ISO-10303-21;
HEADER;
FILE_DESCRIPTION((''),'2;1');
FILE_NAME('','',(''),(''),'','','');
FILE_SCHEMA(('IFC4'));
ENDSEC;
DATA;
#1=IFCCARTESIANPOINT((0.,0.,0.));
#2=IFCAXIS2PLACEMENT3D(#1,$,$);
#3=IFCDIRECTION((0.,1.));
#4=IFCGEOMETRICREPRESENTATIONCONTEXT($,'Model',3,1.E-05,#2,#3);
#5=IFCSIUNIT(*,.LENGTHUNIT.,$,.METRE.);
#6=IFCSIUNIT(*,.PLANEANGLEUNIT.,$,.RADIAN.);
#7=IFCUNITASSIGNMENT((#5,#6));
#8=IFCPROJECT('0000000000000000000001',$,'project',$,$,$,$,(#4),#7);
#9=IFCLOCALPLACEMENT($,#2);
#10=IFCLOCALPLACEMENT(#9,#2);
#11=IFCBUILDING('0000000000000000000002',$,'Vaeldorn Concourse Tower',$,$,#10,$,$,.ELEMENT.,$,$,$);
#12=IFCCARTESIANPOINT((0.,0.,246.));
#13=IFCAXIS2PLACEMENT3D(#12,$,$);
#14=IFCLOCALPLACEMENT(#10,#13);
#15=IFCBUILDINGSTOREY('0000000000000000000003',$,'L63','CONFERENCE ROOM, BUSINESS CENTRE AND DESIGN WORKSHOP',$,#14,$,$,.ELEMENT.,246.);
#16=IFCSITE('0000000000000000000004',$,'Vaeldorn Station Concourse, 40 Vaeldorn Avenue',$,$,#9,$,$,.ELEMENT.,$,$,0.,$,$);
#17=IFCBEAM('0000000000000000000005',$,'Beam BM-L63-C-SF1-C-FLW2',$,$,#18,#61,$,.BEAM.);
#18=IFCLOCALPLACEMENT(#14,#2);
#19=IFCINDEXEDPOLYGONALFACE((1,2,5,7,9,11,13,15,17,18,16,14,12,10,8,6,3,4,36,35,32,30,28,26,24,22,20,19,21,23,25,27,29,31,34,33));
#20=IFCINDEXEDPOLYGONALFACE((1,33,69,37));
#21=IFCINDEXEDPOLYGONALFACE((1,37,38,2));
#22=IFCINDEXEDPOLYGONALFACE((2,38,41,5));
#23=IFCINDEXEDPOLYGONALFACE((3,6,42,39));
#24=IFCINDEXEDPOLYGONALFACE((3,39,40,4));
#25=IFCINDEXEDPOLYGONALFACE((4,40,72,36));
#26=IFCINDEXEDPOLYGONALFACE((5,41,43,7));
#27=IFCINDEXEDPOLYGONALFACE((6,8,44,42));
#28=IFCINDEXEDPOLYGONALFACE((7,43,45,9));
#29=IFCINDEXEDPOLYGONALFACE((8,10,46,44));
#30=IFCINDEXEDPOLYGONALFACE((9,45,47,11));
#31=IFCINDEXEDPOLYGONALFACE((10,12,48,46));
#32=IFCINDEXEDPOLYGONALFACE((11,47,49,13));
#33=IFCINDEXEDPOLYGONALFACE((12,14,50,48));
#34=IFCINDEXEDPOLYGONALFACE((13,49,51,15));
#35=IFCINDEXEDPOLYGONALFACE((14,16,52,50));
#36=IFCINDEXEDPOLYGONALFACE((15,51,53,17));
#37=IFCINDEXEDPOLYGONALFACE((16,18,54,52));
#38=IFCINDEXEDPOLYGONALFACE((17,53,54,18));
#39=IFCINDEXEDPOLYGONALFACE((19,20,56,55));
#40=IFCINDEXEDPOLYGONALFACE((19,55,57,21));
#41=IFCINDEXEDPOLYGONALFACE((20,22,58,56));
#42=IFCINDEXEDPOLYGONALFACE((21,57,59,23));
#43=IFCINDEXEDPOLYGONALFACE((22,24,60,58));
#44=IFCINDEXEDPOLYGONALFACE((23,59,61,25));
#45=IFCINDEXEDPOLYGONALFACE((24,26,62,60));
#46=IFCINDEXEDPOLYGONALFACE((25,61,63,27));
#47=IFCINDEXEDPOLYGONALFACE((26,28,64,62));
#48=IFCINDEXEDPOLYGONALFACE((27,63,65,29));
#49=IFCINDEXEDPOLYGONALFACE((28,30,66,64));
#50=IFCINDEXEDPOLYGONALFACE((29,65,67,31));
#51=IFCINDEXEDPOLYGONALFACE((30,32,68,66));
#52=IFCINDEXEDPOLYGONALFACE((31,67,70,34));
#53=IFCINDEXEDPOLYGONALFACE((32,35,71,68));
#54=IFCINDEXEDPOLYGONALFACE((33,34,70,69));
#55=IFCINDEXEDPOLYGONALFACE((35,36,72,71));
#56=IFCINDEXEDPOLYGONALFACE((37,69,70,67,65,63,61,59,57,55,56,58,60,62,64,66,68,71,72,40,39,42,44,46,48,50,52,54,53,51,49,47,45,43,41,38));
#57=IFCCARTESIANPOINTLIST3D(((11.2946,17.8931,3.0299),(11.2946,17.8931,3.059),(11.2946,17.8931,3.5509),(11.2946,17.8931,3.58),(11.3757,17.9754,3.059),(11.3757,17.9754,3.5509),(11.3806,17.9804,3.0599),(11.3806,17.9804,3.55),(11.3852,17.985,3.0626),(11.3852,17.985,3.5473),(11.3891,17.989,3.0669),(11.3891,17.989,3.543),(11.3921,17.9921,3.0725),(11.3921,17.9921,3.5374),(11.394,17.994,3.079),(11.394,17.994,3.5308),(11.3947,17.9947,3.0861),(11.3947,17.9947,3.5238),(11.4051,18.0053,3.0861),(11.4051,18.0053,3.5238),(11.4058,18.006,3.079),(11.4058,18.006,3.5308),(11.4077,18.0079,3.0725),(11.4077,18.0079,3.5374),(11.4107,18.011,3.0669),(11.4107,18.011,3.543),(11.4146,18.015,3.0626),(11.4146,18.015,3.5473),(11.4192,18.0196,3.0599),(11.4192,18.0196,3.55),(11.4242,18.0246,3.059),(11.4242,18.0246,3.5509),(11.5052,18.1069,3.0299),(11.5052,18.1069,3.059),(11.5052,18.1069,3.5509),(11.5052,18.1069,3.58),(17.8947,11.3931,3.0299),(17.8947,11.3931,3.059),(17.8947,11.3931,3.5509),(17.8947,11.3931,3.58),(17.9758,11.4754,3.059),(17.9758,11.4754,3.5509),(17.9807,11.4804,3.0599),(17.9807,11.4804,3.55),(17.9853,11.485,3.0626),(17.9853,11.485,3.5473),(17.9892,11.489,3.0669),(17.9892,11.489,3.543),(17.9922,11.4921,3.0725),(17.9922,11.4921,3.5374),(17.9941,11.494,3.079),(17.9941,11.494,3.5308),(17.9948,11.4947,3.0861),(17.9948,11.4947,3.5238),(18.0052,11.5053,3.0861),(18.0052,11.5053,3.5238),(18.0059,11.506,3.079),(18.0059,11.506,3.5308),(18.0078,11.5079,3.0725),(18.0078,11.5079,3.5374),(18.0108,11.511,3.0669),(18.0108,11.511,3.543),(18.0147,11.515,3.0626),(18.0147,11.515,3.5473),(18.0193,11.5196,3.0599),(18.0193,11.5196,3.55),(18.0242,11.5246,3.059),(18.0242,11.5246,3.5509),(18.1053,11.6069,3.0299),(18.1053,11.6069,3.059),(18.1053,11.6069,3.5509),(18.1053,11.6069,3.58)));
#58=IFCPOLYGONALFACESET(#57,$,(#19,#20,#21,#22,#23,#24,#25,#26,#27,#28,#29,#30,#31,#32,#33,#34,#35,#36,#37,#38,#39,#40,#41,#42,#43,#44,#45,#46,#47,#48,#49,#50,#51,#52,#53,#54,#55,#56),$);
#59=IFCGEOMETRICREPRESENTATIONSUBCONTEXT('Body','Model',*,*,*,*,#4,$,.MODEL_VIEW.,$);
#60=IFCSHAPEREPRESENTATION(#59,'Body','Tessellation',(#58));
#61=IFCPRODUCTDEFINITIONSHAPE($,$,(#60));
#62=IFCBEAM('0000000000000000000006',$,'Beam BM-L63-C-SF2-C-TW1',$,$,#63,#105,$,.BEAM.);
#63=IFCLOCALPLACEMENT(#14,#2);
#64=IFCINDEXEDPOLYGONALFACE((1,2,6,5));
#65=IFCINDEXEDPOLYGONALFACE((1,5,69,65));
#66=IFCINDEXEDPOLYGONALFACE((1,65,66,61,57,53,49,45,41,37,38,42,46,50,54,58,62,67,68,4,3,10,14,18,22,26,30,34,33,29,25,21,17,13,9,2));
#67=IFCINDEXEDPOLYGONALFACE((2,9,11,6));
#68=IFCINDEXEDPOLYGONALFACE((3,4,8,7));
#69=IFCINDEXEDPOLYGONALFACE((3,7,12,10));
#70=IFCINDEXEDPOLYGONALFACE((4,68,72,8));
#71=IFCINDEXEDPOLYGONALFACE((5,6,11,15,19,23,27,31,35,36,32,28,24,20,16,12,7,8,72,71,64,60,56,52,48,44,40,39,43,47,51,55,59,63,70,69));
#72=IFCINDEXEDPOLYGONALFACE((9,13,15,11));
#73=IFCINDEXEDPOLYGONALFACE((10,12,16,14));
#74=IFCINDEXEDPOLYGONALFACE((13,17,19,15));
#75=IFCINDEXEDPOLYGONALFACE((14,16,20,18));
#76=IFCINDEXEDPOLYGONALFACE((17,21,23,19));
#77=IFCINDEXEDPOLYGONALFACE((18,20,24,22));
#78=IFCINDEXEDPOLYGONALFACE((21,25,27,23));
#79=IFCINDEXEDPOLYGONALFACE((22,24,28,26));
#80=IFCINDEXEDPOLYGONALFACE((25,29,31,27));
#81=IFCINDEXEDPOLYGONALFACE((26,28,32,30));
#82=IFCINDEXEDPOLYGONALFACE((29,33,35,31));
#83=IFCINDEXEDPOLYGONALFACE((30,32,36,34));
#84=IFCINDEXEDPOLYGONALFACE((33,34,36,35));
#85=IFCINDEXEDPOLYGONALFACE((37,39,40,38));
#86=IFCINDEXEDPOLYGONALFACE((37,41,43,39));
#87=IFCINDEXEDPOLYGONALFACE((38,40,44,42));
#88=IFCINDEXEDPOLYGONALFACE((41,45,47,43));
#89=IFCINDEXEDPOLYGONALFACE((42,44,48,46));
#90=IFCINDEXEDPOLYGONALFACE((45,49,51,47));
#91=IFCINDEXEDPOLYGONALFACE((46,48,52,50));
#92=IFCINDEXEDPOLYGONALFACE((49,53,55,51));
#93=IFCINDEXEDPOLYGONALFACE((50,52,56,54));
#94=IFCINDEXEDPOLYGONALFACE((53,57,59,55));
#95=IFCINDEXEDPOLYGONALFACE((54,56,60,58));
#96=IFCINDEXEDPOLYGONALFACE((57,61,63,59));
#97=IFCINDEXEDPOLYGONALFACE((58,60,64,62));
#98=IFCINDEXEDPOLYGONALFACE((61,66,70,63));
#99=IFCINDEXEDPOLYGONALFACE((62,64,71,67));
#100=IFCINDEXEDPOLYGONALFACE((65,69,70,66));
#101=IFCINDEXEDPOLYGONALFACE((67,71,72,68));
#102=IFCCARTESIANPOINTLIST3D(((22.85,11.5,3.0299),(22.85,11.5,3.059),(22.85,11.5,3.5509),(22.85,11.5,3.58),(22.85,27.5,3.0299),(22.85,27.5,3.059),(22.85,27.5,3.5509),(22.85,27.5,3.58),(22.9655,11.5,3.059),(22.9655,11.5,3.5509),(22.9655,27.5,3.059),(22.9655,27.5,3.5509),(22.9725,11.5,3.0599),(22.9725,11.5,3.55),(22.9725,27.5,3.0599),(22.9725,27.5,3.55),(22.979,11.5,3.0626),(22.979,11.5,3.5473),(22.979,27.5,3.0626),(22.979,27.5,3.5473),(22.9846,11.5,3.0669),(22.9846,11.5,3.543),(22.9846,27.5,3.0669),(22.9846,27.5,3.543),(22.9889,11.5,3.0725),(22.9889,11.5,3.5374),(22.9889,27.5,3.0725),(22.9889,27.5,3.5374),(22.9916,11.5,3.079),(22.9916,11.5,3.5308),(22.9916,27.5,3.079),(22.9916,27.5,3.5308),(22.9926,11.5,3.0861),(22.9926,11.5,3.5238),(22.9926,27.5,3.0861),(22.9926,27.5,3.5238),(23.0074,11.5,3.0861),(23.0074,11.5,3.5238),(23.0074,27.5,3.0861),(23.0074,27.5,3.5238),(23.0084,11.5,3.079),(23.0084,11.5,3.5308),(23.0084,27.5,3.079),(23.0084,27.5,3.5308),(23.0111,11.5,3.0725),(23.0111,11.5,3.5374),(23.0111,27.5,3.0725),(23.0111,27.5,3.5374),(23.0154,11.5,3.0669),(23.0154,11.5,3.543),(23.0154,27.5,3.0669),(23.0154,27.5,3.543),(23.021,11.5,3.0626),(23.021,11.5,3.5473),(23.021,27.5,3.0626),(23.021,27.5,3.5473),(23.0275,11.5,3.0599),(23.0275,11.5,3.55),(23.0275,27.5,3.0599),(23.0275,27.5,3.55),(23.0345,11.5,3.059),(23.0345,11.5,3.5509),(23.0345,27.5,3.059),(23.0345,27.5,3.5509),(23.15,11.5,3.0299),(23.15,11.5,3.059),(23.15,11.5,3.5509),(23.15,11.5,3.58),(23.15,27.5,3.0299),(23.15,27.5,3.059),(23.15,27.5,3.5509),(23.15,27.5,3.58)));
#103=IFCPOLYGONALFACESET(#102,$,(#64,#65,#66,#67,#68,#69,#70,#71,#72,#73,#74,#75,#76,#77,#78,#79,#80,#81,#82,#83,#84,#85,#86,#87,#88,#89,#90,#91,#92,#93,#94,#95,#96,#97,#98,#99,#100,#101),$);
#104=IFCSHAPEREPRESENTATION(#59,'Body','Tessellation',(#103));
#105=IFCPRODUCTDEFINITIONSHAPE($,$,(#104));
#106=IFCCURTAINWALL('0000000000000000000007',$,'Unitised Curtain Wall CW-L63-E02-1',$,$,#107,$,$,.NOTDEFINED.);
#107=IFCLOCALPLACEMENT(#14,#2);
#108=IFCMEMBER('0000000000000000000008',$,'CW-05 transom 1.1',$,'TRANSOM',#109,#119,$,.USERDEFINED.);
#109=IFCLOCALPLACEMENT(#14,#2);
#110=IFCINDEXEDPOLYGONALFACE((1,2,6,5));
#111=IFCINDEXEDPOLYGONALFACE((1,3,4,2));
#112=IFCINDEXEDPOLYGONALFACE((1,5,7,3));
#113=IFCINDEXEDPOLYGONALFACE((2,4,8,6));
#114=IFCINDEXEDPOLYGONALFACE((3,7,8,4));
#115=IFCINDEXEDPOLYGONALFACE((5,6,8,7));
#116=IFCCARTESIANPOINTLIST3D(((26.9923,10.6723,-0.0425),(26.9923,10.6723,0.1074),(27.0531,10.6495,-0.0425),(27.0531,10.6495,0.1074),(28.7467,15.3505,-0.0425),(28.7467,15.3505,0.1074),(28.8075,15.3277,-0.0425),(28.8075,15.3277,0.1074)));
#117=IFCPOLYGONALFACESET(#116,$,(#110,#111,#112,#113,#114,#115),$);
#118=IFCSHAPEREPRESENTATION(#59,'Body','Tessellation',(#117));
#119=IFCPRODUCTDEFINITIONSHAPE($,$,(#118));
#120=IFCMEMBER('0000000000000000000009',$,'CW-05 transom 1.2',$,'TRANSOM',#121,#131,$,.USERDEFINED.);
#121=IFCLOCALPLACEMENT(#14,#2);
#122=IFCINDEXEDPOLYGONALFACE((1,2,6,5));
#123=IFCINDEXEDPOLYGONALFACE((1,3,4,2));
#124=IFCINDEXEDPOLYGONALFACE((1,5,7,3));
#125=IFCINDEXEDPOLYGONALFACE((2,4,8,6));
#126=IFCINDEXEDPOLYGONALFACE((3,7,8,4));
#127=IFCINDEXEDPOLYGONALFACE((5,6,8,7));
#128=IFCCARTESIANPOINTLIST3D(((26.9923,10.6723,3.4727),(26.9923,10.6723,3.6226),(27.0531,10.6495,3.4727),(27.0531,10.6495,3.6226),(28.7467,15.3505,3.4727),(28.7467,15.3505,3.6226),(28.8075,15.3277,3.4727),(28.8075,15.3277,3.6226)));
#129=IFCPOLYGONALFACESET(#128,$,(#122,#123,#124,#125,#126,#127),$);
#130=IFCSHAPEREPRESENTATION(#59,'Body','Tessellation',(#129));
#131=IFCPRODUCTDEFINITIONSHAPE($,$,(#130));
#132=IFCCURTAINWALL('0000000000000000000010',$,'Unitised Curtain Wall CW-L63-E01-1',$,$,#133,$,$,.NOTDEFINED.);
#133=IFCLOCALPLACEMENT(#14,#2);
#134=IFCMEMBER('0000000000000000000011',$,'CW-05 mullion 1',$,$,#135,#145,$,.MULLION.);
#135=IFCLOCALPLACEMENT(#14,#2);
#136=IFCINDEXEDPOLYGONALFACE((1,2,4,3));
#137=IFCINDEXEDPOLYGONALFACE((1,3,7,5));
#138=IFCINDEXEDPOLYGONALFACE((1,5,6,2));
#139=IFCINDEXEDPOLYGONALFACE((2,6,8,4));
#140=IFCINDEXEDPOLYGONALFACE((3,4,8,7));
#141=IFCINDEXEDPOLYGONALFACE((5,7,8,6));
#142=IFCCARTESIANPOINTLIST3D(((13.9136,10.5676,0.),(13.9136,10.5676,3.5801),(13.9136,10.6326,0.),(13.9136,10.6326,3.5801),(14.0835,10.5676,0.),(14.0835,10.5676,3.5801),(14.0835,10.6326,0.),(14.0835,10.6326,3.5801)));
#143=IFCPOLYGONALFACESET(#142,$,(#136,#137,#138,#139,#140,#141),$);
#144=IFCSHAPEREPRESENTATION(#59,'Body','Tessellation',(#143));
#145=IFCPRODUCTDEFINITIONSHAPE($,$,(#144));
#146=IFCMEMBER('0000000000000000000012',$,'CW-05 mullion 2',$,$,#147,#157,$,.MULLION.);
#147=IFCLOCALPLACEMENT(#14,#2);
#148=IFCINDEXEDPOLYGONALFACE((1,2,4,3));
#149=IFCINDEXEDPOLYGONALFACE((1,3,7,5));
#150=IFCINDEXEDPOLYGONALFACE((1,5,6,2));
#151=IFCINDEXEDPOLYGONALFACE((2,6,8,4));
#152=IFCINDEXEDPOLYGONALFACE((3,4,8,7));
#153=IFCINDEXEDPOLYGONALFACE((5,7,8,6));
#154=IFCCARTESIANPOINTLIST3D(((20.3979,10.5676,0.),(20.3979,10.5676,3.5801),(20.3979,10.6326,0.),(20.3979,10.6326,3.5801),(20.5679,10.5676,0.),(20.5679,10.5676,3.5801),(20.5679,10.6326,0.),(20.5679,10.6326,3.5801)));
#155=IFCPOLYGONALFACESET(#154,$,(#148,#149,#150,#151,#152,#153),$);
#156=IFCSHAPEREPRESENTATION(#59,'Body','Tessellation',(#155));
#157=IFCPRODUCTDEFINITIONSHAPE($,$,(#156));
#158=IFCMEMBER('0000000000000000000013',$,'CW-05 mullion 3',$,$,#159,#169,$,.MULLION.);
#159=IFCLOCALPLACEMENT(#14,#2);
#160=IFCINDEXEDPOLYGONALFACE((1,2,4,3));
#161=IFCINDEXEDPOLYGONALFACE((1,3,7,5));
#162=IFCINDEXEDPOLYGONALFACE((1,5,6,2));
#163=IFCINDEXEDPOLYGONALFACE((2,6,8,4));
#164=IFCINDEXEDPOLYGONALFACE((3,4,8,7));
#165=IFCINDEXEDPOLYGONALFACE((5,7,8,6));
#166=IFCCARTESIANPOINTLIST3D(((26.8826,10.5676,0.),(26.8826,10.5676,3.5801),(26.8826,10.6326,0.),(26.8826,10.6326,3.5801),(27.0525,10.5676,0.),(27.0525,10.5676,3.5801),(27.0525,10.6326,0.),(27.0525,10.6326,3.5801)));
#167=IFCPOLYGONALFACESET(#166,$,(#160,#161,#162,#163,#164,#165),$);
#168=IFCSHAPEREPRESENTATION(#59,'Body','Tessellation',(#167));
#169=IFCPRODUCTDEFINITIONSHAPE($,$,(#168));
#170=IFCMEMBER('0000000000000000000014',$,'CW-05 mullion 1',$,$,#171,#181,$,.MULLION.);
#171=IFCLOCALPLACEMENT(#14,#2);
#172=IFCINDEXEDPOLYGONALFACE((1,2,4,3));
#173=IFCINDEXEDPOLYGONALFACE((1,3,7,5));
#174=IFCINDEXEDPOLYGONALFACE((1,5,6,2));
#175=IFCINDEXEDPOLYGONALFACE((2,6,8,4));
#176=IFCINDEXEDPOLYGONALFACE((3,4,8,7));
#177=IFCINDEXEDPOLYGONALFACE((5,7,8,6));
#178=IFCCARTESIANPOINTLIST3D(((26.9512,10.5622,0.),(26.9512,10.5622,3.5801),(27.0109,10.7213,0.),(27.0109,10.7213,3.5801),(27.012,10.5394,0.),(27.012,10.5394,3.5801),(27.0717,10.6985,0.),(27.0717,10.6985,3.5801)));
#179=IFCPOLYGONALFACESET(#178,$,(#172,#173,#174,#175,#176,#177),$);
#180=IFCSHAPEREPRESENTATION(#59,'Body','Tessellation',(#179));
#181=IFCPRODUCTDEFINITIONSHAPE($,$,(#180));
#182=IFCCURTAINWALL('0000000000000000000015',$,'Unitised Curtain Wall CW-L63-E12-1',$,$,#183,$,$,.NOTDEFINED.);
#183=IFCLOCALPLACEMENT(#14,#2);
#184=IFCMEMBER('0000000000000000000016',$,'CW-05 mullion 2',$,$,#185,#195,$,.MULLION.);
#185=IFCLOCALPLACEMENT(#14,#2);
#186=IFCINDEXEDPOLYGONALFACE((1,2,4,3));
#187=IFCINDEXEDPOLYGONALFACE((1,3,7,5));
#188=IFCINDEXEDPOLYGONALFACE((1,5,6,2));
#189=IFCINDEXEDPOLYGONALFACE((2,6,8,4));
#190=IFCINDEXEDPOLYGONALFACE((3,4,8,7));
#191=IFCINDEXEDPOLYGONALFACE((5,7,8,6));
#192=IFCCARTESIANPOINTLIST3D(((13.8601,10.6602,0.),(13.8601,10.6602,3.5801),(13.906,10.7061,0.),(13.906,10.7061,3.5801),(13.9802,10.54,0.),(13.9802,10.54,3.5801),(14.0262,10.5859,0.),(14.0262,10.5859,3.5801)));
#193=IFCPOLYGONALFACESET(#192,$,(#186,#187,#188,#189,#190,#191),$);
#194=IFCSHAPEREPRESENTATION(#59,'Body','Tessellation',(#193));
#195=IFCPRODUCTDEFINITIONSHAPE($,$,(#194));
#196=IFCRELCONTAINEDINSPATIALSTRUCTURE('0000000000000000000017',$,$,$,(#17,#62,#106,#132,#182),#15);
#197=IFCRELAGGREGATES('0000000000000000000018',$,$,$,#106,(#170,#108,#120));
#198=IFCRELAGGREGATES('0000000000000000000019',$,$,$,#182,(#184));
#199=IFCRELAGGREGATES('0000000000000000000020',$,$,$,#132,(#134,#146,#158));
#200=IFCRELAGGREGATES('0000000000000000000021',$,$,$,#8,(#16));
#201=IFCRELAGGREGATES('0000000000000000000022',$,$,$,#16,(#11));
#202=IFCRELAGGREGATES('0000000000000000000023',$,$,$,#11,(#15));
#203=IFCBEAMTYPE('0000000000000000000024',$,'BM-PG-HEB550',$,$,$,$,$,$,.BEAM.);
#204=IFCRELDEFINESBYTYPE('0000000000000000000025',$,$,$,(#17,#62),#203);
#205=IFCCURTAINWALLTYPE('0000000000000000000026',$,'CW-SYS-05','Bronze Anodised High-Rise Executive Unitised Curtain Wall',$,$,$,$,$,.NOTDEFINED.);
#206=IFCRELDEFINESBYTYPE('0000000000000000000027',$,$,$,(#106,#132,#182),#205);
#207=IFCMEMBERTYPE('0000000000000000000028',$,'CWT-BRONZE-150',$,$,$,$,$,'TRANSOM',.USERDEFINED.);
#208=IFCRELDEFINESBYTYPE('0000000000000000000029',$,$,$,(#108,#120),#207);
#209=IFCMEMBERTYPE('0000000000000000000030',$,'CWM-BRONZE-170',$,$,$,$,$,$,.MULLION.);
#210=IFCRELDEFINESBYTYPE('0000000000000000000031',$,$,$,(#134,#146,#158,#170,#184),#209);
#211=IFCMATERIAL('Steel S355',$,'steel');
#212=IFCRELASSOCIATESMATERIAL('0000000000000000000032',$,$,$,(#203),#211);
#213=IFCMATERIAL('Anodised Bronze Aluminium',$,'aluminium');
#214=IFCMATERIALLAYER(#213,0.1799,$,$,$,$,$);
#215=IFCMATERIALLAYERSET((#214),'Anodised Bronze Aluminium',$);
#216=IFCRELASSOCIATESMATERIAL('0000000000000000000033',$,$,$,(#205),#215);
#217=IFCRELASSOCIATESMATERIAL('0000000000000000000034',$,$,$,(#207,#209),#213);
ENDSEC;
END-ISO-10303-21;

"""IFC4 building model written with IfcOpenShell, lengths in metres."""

from ifc_helpers import new_model, si_unit, direction, frame, origin, origin_2d, place, context, subcontext, project, spatial, rectangle, i_section, extrude, source, transform, mapped, material, layer, layer_set, material_profile, profile_set, type_object, element, aggregate, save


model = new_model("IFC4")

# Units and contexts
model_context = context("Model", 3, precision=1e-05, world=origin(), true_north=direction((0.0, 1.0)))
body_context = subcontext(model_context, "Body", "Model", "MODEL_VIEW")
ifc_project = project(units=[si_unit("LENGTHUNIT", "METRE"), si_unit("PLANEANGLEUNIT", "RADIAN")], contexts=[model_context])

# Site, building, storey
site_placement = place(None, origin())
site = spatial("IfcSite", under=ifc_project, at=site_placement, Name="Vaeldorn Station Concourse, 40 Vaeldorn Avenue", CompositionType="ELEMENT", RefElevation=0.0)
building_placement = place(site_placement, origin())
building = spatial("IfcBuilding", under=site, at=building_placement, Name="Vaeldorn Concourse Tower", CompositionType="ELEMENT")
storey_placement = place(building_placement, frame((0.0, 0.0, 246.0)))
storey = spatial("IfcBuildingStorey", under=building, at=storey_placement, Name="L63", Description="CONFERENCE ROOM, BUSINESS CENTRE AND DESIGN WORKSHOP", CompositionType="ELEMENT", Elevation=246.0)

# Shared definitions
ifc_material_1 = material(Name="Steel S355", Category="steel")

# Beams
ifc_material_profile_1 = material_profile(ifc_material_1, i_section(OverallWidth=0.3, OverallDepth=0.55, WebThickness=0.0149, FlangeThickness=0.0291, FilletRadius=0.0271, at=origin_2d()), Name="HEB 550")
ifc_profile_set_1 = profile_set([ifc_material_profile_1], Name="Steel S355")
beam_type_1 = type_object("IfcBeamType", Name="BM-PG-HEB550", PredefinedType="BEAM", material=ifc_profile_set_1)
shared_shape_1 = source(origin(), body_context, "Body", "SweptSolid", [
    extrude(i_section(OverallWidth=0.3, OverallDepth=0.55, WebThickness=0.0149, FlangeThickness=0.0291, FilletRadius=0.0271, at=origin_2d()), origin(), (0.0, 0.0, 1.0), 9.2634),
])
beam_1_placement = place(storey_placement, frame((18.0, 11.5, 3.3049), z_axis=(-0.712489, 0.701683, 0.0), x_axis=(-0.701683, -0.712489, 0.0)))
element("IfcBeam", 1, at=beam_1_placement, inside=storey, type_object=beam_type_1, Name="Beam BM-L63-C-SF1-C-FLW2", PredefinedType="BEAM", context=body_context, shape_type="MappedRepresentation", body=[
    mapped(shared_shape_1, transform((0.0, 0.0, 0.0), scale=1.0)),
])
shared_shape_2 = source(origin(), body_context, "Body", "SweptSolid", [
    extrude(i_section(OverallWidth=0.3, OverallDepth=0.55, WebThickness=0.0149, FlangeThickness=0.0291, FilletRadius=0.0271, at=origin_2d()), origin(), (0.0, 0.0, 1.0), 16.0),
])
beam_2_placement = place(storey_placement, frame((23.0, 11.5, 3.3049), z_axis=(0.0, 1.0, 0.0), x_axis=(-1.0, 0.0, 0.0)))
element("IfcBeam", 2, at=beam_2_placement, inside=storey, type_object=beam_type_1, Name="Beam BM-L63-C-SF2-C-TW1", PredefinedType="BEAM", context=body_context, shape_type="MappedRepresentation", body=[
    mapped(shared_shape_2, transform((0.0, 0.0, 0.0), scale=1.0)),
])

# Curtain walls, members
ifc_material_2 = material(Name="Anodised Bronze Aluminium", Category="aluminium")
ifc_layer_1 = layer(ifc_material_2, 0.1799)
ifc_layer_set_1 = layer_set([ifc_layer_1], Name="Anodised Bronze Aluminium")
curtain_wall_type = type_object("IfcCurtainWallType", Name="CW-SYS-05", Description="Bronze Anodised High-Rise Executive Unitised Curtain Wall", PredefinedType="NOTDEFINED", material=ifc_layer_set_1)
curtain_wall_1_placement = place(storey_placement, origin())
curtain_wall_1 = element("IfcCurtainWall", 3, at=curtain_wall_1_placement, inside=storey, type_object=curtain_wall_type, Name="Unitised Curtain Wall CW-L63-E02-1", PredefinedType="NOTDEFINED")
ifc_material_profile_2 = material_profile(ifc_material_2, rectangle(XDim=0.0649, YDim=0.1499, at=origin_2d()), Name="CWT 65x150")
ifc_profile_set_2 = profile_set([ifc_material_profile_2], Name="Anodised Bronze Aluminium")
member_type_1 = type_object("IfcMemberType", Name="CWT-BRONZE-150", ElementType="TRANSOM", PredefinedType="USERDEFINED", material=ifc_profile_set_2)
shared_shape_3 = source(origin(), body_context, "Body", "SweptSolid", [
    extrude(rectangle(XDim=0.0649, YDim=0.1499, at=origin_2d()), origin(), (0.0, 0.0, 1.0), 4.9963),
])
member_1_placement = place(storey_placement, frame((27.0227, 10.6609, 0.0325), z_axis=(0.351134, 0.936325, 0.0), x_axis=(-0.936325, 0.351134, 0.0)))
member_1 = element("IfcMember", 4, at=member_1_placement, type_object=member_type_1, Name="CW-05 transom 1.1", ObjectType="TRANSOM", PredefinedType="USERDEFINED", context=body_context, shape_type="MappedRepresentation", body=[
    mapped(shared_shape_3, transform((0.0, 0.0, 0.0), scale=1.0)),
])
member_2_placement = place(storey_placement, frame((27.0227, 10.6609, 3.5476), z_axis=(0.351134, 0.936325, 0.0), x_axis=(-0.936325, 0.351134, 0.0)))
member_2 = element("IfcMember", 5, at=member_2_placement, type_object=member_type_1, Name="CW-05 transom 1.2", ObjectType="TRANSOM", PredefinedType="USERDEFINED", context=body_context, shape_type="MappedRepresentation", body=[
    mapped(shared_shape_3, transform((0.0, 0.0, 0.0), scale=1.0)),
])
curtain_wall_2_placement = place(storey_placement, origin())
curtain_wall_2 = element("IfcCurtainWall", 6, at=curtain_wall_2_placement, inside=storey, type_object=curtain_wall_type, Name="Unitised Curtain Wall CW-L63-E01-1", PredefinedType="NOTDEFINED")
ifc_material_profile_3 = material_profile(ifc_material_2, rectangle(XDim=0.0649, YDim=0.1699, at=origin_2d()), Name="CWM 65x170")
ifc_profile_set_3 = profile_set([ifc_material_profile_3], Name="Anodised Bronze Aluminium")
member_type_2 = type_object("IfcMemberType", Name="CWM-BRONZE-170", PredefinedType="MULLION", material=ifc_profile_set_3)
shared_shape_4 = source(origin(), body_context, "Body", "SweptSolid", [
    extrude(rectangle(XDim=0.0649, YDim=0.1699, at=origin_2d()), origin(), (0.0, 0.0, 1.0), 3.5801),
])
member_3_placement = place(storey_placement, frame((13.9985, 10.6001, 0.0), z_axis=(0.0, 0.0, 1.0), x_axis=(0.0, 1.0, 0.0)))
member_3 = element("IfcMember", 7, at=member_3_placement, type_object=member_type_2, Name="CW-05 mullion 1", PredefinedType="MULLION", context=body_context, shape_type="MappedRepresentation", body=[
    mapped(shared_shape_4, transform((0.0, 0.0, 0.0), scale=1.0)),
])
member_4_placement = place(storey_placement, frame((20.4829, 10.6001, 0.0), z_axis=(0.0, 0.0, 1.0), x_axis=(0.0, 1.0, 0.0)))
member_4 = element("IfcMember", 8, at=member_4_placement, type_object=member_type_2, Name="CW-05 mullion 2", PredefinedType="MULLION", context=body_context, shape_type="MappedRepresentation", body=[
    mapped(shared_shape_4, transform((0.0, 0.0, 0.0), scale=1.0)),
])
member_5_placement = place(storey_placement, frame((26.9675, 10.6001, 0.0), z_axis=(0.0, 0.0, 1.0), x_axis=(0.0, 1.0, 0.0)))
member_5 = element("IfcMember", 9, at=member_5_placement, type_object=member_type_2, Name="CW-05 mullion 3", PredefinedType="MULLION", context=body_context, shape_type="MappedRepresentation", body=[
    mapped(shared_shape_4, transform((0.0, 0.0, 0.0), scale=1.0)),
])

# Member
member_6_placement = place(storey_placement, frame((27.0115, 10.6304, 0.0), z_axis=(0.0, 0.0, 1.0), x_axis=(-0.936329, 0.351123, 0.0)))
member_6 = element("IfcMember", 10, at=member_6_placement, type_object=member_type_2, Name="CW-05 mullion 1", PredefinedType="MULLION", context=body_context, shape_type="MappedRepresentation", body=[
    mapped(shared_shape_4, transform((0.0, 0.0, 0.0), scale=1.0)),
])
aggregate(curtain_wall_1, [member_6, member_1, member_2])

# Curtain wall, member
curtain_wall_3_placement = place(storey_placement, origin())
curtain_wall_3 = element("IfcCurtainWall", 11, at=curtain_wall_3_placement, inside=storey, type_object=curtain_wall_type, Name="Unitised Curtain Wall CW-L63-E12-1", PredefinedType="NOTDEFINED")
member_7_placement = place(storey_placement, frame((13.9431, 10.623, 0.0), z_axis=(0.0, 0.0, 1.0), x_axis=(0.707107, 0.707107, 0.0)))
member_7 = element("IfcMember", 12, at=member_7_placement, type_object=member_type_2, Name="CW-05 mullion 2", PredefinedType="MULLION", context=body_context, shape_type="MappedRepresentation", body=[
    mapped(shared_shape_4, transform((0.0, 0.0, 0.0), scale=1.0)),
])

aggregate(curtain_wall_3, [member_7])
aggregate(curtain_wall_2, [member_3, member_4, member_5])

save(model, "model.ifc")
